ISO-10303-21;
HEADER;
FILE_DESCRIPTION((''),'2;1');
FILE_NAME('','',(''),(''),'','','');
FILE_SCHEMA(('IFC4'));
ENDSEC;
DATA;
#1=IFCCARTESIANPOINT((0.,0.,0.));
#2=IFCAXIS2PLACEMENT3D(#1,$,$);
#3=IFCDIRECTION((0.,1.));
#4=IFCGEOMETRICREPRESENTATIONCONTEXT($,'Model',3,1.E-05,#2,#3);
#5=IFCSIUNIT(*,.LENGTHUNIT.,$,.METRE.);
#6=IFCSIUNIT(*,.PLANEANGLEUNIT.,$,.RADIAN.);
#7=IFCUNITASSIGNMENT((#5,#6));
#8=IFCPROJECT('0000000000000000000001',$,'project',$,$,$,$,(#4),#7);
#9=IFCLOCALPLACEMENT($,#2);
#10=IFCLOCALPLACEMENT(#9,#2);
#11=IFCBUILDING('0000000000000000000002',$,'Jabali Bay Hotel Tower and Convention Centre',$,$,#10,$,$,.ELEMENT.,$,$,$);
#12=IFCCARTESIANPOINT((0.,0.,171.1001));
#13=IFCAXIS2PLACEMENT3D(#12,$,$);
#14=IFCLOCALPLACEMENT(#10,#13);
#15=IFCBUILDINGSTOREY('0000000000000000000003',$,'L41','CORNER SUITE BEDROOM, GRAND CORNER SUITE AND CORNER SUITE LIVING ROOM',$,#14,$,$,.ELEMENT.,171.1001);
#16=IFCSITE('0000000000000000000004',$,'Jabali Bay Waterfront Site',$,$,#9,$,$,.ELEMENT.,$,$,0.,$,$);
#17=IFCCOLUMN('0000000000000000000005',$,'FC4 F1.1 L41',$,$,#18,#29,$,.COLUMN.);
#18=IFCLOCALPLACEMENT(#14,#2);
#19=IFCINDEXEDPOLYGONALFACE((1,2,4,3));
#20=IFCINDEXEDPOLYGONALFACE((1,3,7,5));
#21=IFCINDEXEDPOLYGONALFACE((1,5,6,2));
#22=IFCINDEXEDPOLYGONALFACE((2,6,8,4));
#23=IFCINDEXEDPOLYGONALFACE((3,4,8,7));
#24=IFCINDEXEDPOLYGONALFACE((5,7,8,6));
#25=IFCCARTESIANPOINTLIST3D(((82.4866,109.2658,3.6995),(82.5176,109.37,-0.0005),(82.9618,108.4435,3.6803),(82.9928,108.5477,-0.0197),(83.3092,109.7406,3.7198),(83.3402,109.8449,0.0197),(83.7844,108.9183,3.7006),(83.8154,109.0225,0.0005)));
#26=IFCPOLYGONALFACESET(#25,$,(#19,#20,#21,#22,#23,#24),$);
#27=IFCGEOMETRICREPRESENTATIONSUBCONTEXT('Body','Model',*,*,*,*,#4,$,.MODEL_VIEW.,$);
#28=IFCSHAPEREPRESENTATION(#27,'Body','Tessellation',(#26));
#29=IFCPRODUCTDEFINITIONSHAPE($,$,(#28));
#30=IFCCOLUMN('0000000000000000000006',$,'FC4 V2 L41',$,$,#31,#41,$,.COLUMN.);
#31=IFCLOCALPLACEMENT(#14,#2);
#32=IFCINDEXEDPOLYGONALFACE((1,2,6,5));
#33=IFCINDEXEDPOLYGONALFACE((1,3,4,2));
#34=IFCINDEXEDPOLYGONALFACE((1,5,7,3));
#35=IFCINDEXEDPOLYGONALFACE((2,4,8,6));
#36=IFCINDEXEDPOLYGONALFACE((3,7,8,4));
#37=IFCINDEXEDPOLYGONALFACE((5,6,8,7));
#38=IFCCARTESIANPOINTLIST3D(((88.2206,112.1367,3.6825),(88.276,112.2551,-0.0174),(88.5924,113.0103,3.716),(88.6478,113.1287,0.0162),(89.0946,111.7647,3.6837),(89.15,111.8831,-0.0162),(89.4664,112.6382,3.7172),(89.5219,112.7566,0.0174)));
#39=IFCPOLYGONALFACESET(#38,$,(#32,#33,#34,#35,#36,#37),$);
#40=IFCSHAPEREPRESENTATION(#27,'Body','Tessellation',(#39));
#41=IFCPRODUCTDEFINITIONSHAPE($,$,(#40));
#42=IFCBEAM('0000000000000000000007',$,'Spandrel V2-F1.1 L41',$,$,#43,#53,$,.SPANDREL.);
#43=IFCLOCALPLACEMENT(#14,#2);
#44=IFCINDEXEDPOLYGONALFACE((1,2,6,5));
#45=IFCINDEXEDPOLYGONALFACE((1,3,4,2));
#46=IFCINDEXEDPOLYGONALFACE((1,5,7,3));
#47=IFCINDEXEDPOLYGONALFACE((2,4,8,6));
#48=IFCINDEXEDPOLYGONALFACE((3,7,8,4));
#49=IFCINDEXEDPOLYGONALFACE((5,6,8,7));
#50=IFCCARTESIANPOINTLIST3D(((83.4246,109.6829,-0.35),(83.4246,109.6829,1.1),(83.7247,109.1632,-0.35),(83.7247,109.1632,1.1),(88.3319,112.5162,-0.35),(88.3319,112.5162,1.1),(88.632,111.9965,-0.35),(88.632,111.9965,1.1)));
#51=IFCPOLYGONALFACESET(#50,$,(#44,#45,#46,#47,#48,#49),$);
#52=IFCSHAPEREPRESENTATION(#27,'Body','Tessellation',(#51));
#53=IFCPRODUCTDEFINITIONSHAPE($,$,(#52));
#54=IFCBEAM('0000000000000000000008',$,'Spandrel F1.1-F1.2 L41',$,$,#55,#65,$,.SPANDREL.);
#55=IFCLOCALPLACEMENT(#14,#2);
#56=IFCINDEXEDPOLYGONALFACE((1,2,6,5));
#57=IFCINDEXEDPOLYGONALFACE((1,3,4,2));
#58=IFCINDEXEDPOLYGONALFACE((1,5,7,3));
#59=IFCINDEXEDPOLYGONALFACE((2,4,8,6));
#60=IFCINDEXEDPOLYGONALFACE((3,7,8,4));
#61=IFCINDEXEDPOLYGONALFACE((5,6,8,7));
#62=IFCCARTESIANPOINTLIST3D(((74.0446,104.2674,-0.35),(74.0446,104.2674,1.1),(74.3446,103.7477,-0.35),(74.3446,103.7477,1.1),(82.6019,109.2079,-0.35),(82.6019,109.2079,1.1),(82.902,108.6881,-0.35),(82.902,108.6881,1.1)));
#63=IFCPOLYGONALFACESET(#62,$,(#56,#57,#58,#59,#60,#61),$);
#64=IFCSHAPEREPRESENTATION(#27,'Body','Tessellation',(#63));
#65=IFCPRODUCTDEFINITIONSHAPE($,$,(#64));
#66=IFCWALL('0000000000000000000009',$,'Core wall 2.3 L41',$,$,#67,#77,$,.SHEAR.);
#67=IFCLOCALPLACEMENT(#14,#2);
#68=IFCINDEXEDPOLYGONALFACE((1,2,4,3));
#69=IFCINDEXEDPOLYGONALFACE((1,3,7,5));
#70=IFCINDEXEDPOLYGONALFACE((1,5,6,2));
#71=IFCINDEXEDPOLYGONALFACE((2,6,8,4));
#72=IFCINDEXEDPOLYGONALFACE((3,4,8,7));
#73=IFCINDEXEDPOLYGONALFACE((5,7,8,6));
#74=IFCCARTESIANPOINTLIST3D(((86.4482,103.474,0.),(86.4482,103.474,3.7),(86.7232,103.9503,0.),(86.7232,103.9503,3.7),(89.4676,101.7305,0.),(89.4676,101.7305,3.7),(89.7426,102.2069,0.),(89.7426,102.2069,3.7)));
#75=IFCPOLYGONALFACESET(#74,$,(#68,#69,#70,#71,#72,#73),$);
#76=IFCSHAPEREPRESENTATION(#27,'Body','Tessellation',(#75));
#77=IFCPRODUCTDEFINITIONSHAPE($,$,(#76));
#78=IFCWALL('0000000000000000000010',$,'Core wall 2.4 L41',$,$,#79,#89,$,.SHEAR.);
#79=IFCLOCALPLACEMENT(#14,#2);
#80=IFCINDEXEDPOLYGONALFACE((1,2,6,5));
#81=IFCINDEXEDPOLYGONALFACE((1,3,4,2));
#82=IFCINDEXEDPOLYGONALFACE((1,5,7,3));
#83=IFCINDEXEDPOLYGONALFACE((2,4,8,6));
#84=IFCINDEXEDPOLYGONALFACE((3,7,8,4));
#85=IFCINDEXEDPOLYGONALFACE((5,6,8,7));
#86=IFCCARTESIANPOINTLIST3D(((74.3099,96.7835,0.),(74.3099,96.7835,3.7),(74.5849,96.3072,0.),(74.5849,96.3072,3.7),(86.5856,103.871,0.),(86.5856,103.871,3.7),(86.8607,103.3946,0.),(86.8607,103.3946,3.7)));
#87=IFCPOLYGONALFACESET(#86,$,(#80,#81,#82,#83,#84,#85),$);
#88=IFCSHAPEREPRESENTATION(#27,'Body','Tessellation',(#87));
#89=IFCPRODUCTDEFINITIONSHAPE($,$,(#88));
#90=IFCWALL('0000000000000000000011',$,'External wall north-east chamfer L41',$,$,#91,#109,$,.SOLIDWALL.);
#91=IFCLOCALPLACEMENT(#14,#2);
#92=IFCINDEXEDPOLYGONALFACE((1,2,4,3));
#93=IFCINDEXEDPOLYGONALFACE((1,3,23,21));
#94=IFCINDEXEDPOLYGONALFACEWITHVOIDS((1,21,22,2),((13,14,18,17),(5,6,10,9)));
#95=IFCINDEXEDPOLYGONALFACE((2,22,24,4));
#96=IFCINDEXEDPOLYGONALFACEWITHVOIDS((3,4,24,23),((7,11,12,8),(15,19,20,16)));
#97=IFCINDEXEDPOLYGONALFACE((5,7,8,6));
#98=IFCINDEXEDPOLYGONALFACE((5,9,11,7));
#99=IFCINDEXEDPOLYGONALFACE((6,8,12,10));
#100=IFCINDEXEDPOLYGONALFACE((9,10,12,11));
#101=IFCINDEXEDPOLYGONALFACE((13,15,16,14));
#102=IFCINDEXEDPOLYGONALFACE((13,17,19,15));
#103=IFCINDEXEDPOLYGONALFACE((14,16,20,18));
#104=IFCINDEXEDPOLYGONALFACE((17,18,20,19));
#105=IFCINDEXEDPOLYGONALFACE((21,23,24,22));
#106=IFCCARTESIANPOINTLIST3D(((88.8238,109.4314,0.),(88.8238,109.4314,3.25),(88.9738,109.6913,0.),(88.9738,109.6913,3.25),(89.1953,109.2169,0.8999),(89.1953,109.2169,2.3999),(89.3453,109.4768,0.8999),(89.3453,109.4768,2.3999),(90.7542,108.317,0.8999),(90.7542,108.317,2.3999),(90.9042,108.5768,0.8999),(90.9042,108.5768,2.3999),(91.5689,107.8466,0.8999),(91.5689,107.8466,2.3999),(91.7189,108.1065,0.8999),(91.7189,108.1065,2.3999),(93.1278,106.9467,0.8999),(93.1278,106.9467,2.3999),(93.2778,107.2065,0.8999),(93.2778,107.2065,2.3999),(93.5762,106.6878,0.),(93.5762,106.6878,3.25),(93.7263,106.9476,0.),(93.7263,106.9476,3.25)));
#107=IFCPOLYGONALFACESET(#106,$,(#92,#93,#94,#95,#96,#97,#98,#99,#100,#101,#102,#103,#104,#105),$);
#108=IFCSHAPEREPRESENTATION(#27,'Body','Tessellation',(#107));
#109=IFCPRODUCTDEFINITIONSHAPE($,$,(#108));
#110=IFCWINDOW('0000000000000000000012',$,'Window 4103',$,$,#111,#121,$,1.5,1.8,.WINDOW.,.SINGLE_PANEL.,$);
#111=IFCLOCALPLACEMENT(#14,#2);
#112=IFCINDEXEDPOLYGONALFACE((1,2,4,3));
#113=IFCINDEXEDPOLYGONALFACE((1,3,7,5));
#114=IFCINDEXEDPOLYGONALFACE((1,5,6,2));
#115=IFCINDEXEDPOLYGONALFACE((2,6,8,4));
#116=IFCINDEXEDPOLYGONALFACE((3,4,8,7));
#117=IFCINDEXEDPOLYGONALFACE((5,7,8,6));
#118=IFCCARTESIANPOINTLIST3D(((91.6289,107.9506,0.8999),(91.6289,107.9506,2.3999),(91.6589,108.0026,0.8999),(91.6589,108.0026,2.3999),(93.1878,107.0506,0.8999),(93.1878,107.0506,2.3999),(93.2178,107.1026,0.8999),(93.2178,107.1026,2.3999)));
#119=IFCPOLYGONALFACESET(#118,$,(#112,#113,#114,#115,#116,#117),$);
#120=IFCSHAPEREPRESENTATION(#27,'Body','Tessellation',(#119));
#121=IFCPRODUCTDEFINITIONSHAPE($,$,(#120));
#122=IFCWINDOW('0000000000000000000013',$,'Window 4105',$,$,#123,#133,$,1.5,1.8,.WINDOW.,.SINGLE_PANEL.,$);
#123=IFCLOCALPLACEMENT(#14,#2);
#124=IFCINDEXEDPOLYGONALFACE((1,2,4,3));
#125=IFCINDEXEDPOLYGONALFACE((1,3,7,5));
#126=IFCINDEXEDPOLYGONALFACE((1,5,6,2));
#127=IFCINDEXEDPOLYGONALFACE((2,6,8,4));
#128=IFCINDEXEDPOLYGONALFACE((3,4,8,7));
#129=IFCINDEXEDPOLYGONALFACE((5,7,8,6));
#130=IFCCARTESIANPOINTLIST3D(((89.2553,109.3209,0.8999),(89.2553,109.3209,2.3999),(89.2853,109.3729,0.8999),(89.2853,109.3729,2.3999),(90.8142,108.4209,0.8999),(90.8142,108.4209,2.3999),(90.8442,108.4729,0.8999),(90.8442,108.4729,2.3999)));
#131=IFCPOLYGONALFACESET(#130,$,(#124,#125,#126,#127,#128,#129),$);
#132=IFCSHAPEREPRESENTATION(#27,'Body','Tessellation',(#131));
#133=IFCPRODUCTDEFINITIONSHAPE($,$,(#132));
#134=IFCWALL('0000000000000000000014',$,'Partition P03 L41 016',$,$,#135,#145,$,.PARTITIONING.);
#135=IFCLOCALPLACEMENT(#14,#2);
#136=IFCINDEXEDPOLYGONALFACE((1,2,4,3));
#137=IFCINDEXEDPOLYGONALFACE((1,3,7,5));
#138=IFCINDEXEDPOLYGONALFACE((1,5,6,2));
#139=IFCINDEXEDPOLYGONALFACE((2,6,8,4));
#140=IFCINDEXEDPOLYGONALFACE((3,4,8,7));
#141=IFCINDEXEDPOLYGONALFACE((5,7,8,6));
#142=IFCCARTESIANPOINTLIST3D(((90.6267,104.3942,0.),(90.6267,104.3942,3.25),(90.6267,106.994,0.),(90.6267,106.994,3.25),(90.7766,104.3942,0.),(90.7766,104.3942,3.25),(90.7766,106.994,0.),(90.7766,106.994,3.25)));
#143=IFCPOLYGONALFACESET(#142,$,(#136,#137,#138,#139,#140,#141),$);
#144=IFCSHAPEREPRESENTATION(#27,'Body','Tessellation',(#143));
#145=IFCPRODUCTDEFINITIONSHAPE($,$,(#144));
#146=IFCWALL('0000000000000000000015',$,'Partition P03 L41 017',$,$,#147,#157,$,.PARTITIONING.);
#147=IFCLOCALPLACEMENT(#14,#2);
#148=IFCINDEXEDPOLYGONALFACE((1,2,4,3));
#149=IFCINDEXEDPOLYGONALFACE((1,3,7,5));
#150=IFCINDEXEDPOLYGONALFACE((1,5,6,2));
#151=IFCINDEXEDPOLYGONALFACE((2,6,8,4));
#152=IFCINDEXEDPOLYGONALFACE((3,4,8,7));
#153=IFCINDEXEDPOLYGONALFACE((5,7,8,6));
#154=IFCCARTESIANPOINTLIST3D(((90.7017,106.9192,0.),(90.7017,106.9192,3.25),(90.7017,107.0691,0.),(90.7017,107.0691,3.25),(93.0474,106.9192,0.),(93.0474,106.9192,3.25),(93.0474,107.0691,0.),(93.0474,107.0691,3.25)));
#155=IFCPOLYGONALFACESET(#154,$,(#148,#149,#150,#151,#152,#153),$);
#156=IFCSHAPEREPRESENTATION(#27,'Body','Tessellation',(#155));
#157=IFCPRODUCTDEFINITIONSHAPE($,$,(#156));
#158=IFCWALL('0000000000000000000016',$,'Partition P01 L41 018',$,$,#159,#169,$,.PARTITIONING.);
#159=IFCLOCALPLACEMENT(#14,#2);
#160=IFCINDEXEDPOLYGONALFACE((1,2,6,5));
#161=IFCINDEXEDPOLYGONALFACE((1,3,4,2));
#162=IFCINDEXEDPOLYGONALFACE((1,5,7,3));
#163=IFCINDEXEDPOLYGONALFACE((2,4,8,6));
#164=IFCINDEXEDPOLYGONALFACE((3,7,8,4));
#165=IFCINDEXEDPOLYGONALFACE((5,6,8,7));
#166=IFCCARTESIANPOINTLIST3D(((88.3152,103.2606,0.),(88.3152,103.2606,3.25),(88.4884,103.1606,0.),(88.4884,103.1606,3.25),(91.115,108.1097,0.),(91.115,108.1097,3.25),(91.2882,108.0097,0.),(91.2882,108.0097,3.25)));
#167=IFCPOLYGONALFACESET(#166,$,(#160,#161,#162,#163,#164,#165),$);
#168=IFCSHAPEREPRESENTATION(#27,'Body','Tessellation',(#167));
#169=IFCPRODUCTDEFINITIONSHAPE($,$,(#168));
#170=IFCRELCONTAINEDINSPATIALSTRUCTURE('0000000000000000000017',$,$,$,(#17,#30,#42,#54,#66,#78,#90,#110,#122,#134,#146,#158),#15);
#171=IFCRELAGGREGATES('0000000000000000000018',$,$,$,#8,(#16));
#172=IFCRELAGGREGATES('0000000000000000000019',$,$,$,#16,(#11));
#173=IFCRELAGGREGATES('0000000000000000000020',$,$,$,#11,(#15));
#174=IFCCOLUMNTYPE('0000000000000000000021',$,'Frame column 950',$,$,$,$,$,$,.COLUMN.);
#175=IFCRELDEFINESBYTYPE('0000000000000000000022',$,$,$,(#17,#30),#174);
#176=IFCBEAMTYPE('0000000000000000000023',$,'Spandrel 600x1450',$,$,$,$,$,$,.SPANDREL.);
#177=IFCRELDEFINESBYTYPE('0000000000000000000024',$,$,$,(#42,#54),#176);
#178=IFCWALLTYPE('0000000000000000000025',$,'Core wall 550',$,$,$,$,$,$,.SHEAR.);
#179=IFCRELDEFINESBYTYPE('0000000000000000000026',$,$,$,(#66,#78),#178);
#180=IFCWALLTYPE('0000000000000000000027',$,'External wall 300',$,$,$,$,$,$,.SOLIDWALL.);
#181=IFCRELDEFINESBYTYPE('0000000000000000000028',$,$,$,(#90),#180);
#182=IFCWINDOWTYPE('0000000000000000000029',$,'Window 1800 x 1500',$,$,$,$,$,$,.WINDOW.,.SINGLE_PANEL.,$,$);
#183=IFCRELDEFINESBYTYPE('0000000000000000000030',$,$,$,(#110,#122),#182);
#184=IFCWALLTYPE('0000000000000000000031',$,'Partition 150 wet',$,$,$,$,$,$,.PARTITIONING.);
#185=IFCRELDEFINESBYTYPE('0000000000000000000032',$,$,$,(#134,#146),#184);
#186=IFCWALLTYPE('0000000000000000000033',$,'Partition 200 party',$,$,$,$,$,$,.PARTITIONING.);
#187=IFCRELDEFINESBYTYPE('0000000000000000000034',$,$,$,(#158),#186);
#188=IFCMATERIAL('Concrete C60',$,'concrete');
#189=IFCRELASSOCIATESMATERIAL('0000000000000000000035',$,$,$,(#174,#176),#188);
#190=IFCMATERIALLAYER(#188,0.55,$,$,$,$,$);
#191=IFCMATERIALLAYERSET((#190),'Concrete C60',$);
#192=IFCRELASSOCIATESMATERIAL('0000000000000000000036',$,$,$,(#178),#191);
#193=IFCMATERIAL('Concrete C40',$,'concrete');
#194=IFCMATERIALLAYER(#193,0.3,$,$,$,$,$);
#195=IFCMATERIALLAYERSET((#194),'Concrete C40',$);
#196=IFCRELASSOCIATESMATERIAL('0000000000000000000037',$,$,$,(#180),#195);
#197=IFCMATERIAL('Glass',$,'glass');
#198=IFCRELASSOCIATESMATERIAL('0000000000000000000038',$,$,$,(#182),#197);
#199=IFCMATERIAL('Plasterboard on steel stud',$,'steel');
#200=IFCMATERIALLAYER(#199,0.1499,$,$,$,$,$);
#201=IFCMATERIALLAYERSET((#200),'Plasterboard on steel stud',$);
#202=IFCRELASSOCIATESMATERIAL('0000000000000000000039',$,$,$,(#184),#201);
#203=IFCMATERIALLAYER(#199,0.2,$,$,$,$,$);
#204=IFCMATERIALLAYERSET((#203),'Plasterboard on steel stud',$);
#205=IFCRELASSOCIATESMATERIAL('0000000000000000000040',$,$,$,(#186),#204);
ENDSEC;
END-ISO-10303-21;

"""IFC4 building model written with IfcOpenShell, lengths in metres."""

from ifc_helpers import new_model, si_unit, direction, frame, frame_2d, origin, origin_2d, place, context, subcontext, project, spatial, rectangle, extrude, material, layer, layer_set, material_profile, profile_set, type_object, element, fill, save


model = new_model("IFC4")

# Units and contexts
model_context = context("Model", 3, precision=1e-05, world=origin(), true_north=direction((0.0, 1.0)))
body_context = subcontext(model_context, "Body", "Model", "MODEL_VIEW")
ifc_project = project(units=[si_unit("LENGTHUNIT", "METRE"), si_unit("PLANEANGLEUNIT", "RADIAN")], contexts=[model_context])

# Site, building, storey
site_placement = place(None, origin())
site = spatial("IfcSite", under=ifc_project, at=site_placement, Name="Jabali Bay Waterfront Site", CompositionType="ELEMENT", RefElevation=0.0)
building_placement = place(site_placement, origin())
building = spatial("IfcBuilding", under=site, at=building_placement, Name="Jabali Bay Hotel Tower and Convention Centre", CompositionType="ELEMENT")
storey_placement = place(building_placement, frame((0.0, 0.0, 171.1001)))
storey = spatial("IfcBuildingStorey", under=building, at=storey_placement, Name="L41", Description="CORNER SUITE BEDROOM, GRAND CORNER SUITE AND CORNER SUITE LIVING ROOM", CompositionType="ELEMENT", Elevation=171.1001)

# Columns
ifc_material_1 = material(Name="Concrete C60", Category="concrete")
ifc_material_profile_1 = material_profile(ifc_material_1, rectangle(XDim=0.95, YDim=0.95, at=origin_2d()), Name="Frame column 950")
ifc_profile_set_1 = profile_set([ifc_material_profile_1], Name="Concrete C60")
column_type = type_object("IfcColumnType", Name="Frame column 950", PredefinedType="COLUMN", material=ifc_profile_set_1)
column_1_placement = place(storey_placement, frame((83.1665, 109.1963, 0.0), z_axis=(-0.008376, -0.028163, 0.999568), x_axis=(0.865851, 0.499847, 0.021339)))
element("IfcColumn", 1, at=column_1_placement, inside=storey, type_object=column_type, Name="FC4 F1.1 L41", PredefinedType="COLUMN", context=body_context, shape_type="SweptSolid", body=[
    extrude(rectangle(XDim=0.95, YDim=0.95, at=origin_2d()), origin(), (0.0, 0.0, 1.0), 3.7017),
])
column_2_placement = place(storey_placement, frame((88.8989, 112.5059, 0.0), z_axis=(-0.014969, -0.031983, 0.999376), x_axis=(0.920097, -0.391688, 0.001247)))
element("IfcColumn", 2, at=column_2_placement, inside=storey, type_object=column_type, Name="FC4 V2 L41", PredefinedType="COLUMN", context=body_context, shape_type="SweptSolid", body=[
    extrude(rectangle(XDim=0.95, YDim=0.95, at=origin_2d()), origin(), (0.0, 0.0, 1.0), 3.7021),
])

# Beams
ifc_material_profile_2 = material_profile(ifc_material_1, rectangle(XDim=0.6001, YDim=1.45, at=origin_2d()), Name="Spandrel 600x1450")
ifc_profile_set_2 = profile_set([ifc_material_profile_2], Name="Concrete C60")
beam_type = type_object("IfcBeamType", Name="Spandrel 600x1450", PredefinedType="SPANDREL", material=ifc_profile_set_2)
beam_1_placement = place(storey_placement, frame((88.4819, 112.2563, 0.375), z_axis=(-0.866021, -0.500008, 0.0), x_axis=(0.500008, -0.866021, 0.0)))
element("IfcBeam", 3, at=beam_1_placement, inside=storey, type_object=beam_type, Name="Spandrel V2-F1.1 L41", PredefinedType="SPANDREL", context=body_context, shape_type="SweptSolid", body=[
    extrude(rectangle(XDim=0.6001, YDim=1.45, at=origin_2d()), origin(), (0.0, 0.0, 1.0), 5.6665),
])
beam_2_placement = place(storey_placement, frame((82.752, 108.948, 0.375), z_axis=(-0.866033, -0.499987, 0.0), x_axis=(0.499987, -0.866033, 0.0)))
element("IfcBeam", 4, at=beam_2_placement, inside=storey, type_object=beam_type, Name="Spandrel F1.1-F1.2 L41", PredefinedType="SPANDREL", context=body_context, shape_type="SweptSolid", body=[
    extrude(rectangle(XDim=0.6001, YDim=1.45, at=origin_2d()), origin(), (0.0, 0.0, 1.0), 9.8811),
])

# Walls
ifc_layer_1 = layer(ifc_material_1, 0.55)
ifc_layer_set_1 = layer_set([ifc_layer_1], Name="Concrete C60")
wall_type_1 = type_object("IfcWallType", Name="Core wall 550", PredefinedType="SHEAR", material=ifc_layer_set_1)
wall_1_placement = place(storey_placement, frame((89.605, 101.9688, 0.0), z_axis=(0.0, 0.0, 1.0), x_axis=(-0.865998, 0.500048, 0.0)))
element("IfcWall", 5, at=wall_1_placement, inside=storey, type_object=wall_type_1, Name="Core wall 2.3 L41", PredefinedType="SHEAR", context=body_context, shape_type="SweptSolid", body=[
    extrude(rectangle(XDim=3.4866, YDim=0.55, at=frame_2d((1.7432, 0.0))), origin(), (0.0, 0.0, 1.0), 3.7),
])
wall_2_placement = place(storey_placement, frame((86.7231, 103.6328, 0.0), z_axis=(0.0, 0.0, 1.0), x_axis=(-0.866024, -0.500003, 0.0)))
element("IfcWall", 6, at=wall_2_placement, inside=storey, type_object=wall_type_1, Name="Core wall 2.4 L41", PredefinedType="SHEAR", context=body_context, shape_type="SweptSolid", body=[
    extrude(rectangle(XDim=14.1748, YDim=0.55, at=frame_2d((7.0874, 0.0))), origin(), (0.0, 0.0, 1.0), 3.7),
])

# Wall, openings, windows
ifc_material_2 = material(Name="Concrete C40", Category="concrete")
ifc_layer_2 = layer(ifc_material_2, 0.3)
ifc_layer_set_2 = layer_set([ifc_layer_2], Name="Concrete C40")
wall_type_2 = type_object("IfcWallType", Name="External wall 300", PredefinedType="SOLIDWALL", material=ifc_layer_set_2)
wall_3_placement = place(storey_placement, frame((88.8989, 109.5613, 0.0), z_axis=(0.0, 0.0, 1.0), x_axis=(0.866039, -0.499977, 0.0)))
wall_3 = element("IfcWall", 7, at=wall_3_placement, inside=storey, type_object=wall_type_2, Name="External wall north-east chamfer L41", PredefinedType="SOLIDWALL", context=body_context, shape_type="SweptSolid", body=[
    extrude(rectangle(XDim=5.4875, YDim=0.3, at=frame_2d((2.7437, 0.0))), origin(), (0.0, 0.0, 1.0), 3.25),
])
opening_1_placement = place(wall_3_placement, frame((3.1697, 0.0, 0.8999)))
opening_1 = element("IfcOpeningElement", 8, at=opening_1_placement, cuts=wall_3, PredefinedType="OPENING", context=body_context, shape_type="SweptSolid", body=[
    extrude(rectangle(XDim=1.8, YDim=1.5, at=frame_2d((0.8999, 0.75))), frame((0.0, 0.1606, 0.0), z_axis=(0.0, -1.0, 0.0), x_axis=(1.0, 0.0, 0.0)), (0.0, 0.0, 1.0), 0.321),
])
opening_2_placement = place(wall_3_placement, frame((0.429, 0.0, 0.8999)))
opening_2 = element("IfcOpeningElement", 9, at=opening_2_placement, cuts=wall_3, PredefinedType="OPENING", context=body_context, shape_type="SweptSolid", body=[
    extrude(rectangle(XDim=1.8, YDim=1.5, at=frame_2d((0.8999, 0.75))), frame((0.0, 0.1606, 0.0), z_axis=(0.0, -1.0, 0.0), x_axis=(1.0, 0.0, 0.0)), (0.0, 0.0, 1.0), 0.321),
])
ifc_material_3 = material(Name="Glass", Category="glass")
window_type = type_object("IfcWindowType", Name="Window 1800 x 1500", PartitioningType="SINGLE_PANEL", PredefinedType="WINDOW", material=ifc_material_3)
window_1_placement = place(opening_1_placement, origin())
window_1 = element("IfcWindow", 10, at=window_1_placement, inside=storey, type_object=window_type, Name="Window 4103", OverallHeight=1.5, OverallWidth=1.8, PartitioningType="SINGLE_PANEL", PredefinedType="WINDOW", context=body_context, shape_type="SweptSolid", body=[
    extrude(rectangle(XDim=1.8, YDim=1.5, at=frame_2d((0.8999, 0.75))), frame((0.0, 0.03, 0.0), z_axis=(0.0, -1.0, 0.0), x_axis=(1.0, 0.0, 0.0)), (0.0, 0.0, 1.0), 0.0601),
])
fill(opening_1, window_1)
window_2_placement = place(opening_2_placement, origin())
window_2 = element("IfcWindow", 11, at=window_2_placement, inside=storey, type_object=window_type, Name="Window 4105", OverallHeight=1.5, OverallWidth=1.8, PartitioningType="SINGLE_PANEL", PredefinedType="WINDOW", context=body_context, shape_type="SweptSolid", body=[
    extrude(rectangle(XDim=1.8, YDim=1.5, at=frame_2d((0.8999, 0.75))), frame((0.0, 0.03, 0.0), z_axis=(0.0, -1.0, 0.0), x_axis=(1.0, 0.0, 0.0)), (0.0, 0.0, 1.0), 0.0601),
])
fill(opening_2, window_2)

# Walls
ifc_material_4 = material(Name="Plasterboard on steel stud", Category="steel")
ifc_layer_3 = layer(ifc_material_4, 0.1499)
ifc_layer_set_3 = layer_set([ifc_layer_3], Name="Plasterboard on steel stud")
wall_type_3 = type_object("IfcWallType", Name="Partition 150 wet", PredefinedType="PARTITIONING", material=ifc_layer_set_3)
wall_4_placement = place(storey_placement, frame((90.7017, 104.3943, 0.0), z_axis=(0.0, 0.0, 1.0), x_axis=(0.0, 1.0, 0.0)))
element("IfcWall", 12, at=wall_4_placement, inside=storey, type_object=wall_type_3, Name="Partition P03 L41 016", PredefinedType="PARTITIONING", context=body_context, shape_type="SweptSolid", body=[
    extrude(rectangle(XDim=2.5999, YDim=0.1499, at=frame_2d((1.2998, 0.0))), origin(), (0.0, 0.0, 1.0), 3.25),
])
wall_5_placement = place(storey_placement, frame((90.7017, 106.9941, 0.0), z_axis=(0.0, 0.0, 1.0), x_axis=(1.0, 0.0, 0.0)))
element("IfcWall", 13, at=wall_5_placement, inside=storey, type_object=wall_type_3, Name="Partition P03 L41 017", PredefinedType="PARTITIONING", context=body_context, shape_type="SweptSolid", body=[
    extrude(rectangle(XDim=2.3457, YDim=0.1499, at=frame_2d((1.1729, 0.0))), origin(), (0.0, 0.0, 1.0), 3.25),
])
ifc_layer_4 = layer(ifc_material_4, 0.2)
ifc_layer_set_4 = layer_set([ifc_layer_4], Name="Plasterboard on steel stud")
wall_type_4 = type_object("IfcWallType", Name="Partition 200 party", PredefinedType="PARTITIONING", material=ifc_layer_set_4)
wall_6_placement = place(storey_placement, frame((91.2017, 108.0598, 0.0), z_axis=(0.0, 0.0, 1.0), x_axis=(-0.500022, -0.866013, 0.0)))
element("IfcWall", 14, at=wall_6_placement, inside=storey, type_object=wall_type_4, Name="Partition P01 L41 018", PredefinedType="PARTITIONING", context=body_context, shape_type="SweptSolid", body=[
    extrude(rectangle(XDim=5.5994, YDim=0.2, at=frame_2d((2.7998, 0.0))), origin(), (0.0, 0.0, 1.0), 3.25),
])

save(model, "model.ifc")
